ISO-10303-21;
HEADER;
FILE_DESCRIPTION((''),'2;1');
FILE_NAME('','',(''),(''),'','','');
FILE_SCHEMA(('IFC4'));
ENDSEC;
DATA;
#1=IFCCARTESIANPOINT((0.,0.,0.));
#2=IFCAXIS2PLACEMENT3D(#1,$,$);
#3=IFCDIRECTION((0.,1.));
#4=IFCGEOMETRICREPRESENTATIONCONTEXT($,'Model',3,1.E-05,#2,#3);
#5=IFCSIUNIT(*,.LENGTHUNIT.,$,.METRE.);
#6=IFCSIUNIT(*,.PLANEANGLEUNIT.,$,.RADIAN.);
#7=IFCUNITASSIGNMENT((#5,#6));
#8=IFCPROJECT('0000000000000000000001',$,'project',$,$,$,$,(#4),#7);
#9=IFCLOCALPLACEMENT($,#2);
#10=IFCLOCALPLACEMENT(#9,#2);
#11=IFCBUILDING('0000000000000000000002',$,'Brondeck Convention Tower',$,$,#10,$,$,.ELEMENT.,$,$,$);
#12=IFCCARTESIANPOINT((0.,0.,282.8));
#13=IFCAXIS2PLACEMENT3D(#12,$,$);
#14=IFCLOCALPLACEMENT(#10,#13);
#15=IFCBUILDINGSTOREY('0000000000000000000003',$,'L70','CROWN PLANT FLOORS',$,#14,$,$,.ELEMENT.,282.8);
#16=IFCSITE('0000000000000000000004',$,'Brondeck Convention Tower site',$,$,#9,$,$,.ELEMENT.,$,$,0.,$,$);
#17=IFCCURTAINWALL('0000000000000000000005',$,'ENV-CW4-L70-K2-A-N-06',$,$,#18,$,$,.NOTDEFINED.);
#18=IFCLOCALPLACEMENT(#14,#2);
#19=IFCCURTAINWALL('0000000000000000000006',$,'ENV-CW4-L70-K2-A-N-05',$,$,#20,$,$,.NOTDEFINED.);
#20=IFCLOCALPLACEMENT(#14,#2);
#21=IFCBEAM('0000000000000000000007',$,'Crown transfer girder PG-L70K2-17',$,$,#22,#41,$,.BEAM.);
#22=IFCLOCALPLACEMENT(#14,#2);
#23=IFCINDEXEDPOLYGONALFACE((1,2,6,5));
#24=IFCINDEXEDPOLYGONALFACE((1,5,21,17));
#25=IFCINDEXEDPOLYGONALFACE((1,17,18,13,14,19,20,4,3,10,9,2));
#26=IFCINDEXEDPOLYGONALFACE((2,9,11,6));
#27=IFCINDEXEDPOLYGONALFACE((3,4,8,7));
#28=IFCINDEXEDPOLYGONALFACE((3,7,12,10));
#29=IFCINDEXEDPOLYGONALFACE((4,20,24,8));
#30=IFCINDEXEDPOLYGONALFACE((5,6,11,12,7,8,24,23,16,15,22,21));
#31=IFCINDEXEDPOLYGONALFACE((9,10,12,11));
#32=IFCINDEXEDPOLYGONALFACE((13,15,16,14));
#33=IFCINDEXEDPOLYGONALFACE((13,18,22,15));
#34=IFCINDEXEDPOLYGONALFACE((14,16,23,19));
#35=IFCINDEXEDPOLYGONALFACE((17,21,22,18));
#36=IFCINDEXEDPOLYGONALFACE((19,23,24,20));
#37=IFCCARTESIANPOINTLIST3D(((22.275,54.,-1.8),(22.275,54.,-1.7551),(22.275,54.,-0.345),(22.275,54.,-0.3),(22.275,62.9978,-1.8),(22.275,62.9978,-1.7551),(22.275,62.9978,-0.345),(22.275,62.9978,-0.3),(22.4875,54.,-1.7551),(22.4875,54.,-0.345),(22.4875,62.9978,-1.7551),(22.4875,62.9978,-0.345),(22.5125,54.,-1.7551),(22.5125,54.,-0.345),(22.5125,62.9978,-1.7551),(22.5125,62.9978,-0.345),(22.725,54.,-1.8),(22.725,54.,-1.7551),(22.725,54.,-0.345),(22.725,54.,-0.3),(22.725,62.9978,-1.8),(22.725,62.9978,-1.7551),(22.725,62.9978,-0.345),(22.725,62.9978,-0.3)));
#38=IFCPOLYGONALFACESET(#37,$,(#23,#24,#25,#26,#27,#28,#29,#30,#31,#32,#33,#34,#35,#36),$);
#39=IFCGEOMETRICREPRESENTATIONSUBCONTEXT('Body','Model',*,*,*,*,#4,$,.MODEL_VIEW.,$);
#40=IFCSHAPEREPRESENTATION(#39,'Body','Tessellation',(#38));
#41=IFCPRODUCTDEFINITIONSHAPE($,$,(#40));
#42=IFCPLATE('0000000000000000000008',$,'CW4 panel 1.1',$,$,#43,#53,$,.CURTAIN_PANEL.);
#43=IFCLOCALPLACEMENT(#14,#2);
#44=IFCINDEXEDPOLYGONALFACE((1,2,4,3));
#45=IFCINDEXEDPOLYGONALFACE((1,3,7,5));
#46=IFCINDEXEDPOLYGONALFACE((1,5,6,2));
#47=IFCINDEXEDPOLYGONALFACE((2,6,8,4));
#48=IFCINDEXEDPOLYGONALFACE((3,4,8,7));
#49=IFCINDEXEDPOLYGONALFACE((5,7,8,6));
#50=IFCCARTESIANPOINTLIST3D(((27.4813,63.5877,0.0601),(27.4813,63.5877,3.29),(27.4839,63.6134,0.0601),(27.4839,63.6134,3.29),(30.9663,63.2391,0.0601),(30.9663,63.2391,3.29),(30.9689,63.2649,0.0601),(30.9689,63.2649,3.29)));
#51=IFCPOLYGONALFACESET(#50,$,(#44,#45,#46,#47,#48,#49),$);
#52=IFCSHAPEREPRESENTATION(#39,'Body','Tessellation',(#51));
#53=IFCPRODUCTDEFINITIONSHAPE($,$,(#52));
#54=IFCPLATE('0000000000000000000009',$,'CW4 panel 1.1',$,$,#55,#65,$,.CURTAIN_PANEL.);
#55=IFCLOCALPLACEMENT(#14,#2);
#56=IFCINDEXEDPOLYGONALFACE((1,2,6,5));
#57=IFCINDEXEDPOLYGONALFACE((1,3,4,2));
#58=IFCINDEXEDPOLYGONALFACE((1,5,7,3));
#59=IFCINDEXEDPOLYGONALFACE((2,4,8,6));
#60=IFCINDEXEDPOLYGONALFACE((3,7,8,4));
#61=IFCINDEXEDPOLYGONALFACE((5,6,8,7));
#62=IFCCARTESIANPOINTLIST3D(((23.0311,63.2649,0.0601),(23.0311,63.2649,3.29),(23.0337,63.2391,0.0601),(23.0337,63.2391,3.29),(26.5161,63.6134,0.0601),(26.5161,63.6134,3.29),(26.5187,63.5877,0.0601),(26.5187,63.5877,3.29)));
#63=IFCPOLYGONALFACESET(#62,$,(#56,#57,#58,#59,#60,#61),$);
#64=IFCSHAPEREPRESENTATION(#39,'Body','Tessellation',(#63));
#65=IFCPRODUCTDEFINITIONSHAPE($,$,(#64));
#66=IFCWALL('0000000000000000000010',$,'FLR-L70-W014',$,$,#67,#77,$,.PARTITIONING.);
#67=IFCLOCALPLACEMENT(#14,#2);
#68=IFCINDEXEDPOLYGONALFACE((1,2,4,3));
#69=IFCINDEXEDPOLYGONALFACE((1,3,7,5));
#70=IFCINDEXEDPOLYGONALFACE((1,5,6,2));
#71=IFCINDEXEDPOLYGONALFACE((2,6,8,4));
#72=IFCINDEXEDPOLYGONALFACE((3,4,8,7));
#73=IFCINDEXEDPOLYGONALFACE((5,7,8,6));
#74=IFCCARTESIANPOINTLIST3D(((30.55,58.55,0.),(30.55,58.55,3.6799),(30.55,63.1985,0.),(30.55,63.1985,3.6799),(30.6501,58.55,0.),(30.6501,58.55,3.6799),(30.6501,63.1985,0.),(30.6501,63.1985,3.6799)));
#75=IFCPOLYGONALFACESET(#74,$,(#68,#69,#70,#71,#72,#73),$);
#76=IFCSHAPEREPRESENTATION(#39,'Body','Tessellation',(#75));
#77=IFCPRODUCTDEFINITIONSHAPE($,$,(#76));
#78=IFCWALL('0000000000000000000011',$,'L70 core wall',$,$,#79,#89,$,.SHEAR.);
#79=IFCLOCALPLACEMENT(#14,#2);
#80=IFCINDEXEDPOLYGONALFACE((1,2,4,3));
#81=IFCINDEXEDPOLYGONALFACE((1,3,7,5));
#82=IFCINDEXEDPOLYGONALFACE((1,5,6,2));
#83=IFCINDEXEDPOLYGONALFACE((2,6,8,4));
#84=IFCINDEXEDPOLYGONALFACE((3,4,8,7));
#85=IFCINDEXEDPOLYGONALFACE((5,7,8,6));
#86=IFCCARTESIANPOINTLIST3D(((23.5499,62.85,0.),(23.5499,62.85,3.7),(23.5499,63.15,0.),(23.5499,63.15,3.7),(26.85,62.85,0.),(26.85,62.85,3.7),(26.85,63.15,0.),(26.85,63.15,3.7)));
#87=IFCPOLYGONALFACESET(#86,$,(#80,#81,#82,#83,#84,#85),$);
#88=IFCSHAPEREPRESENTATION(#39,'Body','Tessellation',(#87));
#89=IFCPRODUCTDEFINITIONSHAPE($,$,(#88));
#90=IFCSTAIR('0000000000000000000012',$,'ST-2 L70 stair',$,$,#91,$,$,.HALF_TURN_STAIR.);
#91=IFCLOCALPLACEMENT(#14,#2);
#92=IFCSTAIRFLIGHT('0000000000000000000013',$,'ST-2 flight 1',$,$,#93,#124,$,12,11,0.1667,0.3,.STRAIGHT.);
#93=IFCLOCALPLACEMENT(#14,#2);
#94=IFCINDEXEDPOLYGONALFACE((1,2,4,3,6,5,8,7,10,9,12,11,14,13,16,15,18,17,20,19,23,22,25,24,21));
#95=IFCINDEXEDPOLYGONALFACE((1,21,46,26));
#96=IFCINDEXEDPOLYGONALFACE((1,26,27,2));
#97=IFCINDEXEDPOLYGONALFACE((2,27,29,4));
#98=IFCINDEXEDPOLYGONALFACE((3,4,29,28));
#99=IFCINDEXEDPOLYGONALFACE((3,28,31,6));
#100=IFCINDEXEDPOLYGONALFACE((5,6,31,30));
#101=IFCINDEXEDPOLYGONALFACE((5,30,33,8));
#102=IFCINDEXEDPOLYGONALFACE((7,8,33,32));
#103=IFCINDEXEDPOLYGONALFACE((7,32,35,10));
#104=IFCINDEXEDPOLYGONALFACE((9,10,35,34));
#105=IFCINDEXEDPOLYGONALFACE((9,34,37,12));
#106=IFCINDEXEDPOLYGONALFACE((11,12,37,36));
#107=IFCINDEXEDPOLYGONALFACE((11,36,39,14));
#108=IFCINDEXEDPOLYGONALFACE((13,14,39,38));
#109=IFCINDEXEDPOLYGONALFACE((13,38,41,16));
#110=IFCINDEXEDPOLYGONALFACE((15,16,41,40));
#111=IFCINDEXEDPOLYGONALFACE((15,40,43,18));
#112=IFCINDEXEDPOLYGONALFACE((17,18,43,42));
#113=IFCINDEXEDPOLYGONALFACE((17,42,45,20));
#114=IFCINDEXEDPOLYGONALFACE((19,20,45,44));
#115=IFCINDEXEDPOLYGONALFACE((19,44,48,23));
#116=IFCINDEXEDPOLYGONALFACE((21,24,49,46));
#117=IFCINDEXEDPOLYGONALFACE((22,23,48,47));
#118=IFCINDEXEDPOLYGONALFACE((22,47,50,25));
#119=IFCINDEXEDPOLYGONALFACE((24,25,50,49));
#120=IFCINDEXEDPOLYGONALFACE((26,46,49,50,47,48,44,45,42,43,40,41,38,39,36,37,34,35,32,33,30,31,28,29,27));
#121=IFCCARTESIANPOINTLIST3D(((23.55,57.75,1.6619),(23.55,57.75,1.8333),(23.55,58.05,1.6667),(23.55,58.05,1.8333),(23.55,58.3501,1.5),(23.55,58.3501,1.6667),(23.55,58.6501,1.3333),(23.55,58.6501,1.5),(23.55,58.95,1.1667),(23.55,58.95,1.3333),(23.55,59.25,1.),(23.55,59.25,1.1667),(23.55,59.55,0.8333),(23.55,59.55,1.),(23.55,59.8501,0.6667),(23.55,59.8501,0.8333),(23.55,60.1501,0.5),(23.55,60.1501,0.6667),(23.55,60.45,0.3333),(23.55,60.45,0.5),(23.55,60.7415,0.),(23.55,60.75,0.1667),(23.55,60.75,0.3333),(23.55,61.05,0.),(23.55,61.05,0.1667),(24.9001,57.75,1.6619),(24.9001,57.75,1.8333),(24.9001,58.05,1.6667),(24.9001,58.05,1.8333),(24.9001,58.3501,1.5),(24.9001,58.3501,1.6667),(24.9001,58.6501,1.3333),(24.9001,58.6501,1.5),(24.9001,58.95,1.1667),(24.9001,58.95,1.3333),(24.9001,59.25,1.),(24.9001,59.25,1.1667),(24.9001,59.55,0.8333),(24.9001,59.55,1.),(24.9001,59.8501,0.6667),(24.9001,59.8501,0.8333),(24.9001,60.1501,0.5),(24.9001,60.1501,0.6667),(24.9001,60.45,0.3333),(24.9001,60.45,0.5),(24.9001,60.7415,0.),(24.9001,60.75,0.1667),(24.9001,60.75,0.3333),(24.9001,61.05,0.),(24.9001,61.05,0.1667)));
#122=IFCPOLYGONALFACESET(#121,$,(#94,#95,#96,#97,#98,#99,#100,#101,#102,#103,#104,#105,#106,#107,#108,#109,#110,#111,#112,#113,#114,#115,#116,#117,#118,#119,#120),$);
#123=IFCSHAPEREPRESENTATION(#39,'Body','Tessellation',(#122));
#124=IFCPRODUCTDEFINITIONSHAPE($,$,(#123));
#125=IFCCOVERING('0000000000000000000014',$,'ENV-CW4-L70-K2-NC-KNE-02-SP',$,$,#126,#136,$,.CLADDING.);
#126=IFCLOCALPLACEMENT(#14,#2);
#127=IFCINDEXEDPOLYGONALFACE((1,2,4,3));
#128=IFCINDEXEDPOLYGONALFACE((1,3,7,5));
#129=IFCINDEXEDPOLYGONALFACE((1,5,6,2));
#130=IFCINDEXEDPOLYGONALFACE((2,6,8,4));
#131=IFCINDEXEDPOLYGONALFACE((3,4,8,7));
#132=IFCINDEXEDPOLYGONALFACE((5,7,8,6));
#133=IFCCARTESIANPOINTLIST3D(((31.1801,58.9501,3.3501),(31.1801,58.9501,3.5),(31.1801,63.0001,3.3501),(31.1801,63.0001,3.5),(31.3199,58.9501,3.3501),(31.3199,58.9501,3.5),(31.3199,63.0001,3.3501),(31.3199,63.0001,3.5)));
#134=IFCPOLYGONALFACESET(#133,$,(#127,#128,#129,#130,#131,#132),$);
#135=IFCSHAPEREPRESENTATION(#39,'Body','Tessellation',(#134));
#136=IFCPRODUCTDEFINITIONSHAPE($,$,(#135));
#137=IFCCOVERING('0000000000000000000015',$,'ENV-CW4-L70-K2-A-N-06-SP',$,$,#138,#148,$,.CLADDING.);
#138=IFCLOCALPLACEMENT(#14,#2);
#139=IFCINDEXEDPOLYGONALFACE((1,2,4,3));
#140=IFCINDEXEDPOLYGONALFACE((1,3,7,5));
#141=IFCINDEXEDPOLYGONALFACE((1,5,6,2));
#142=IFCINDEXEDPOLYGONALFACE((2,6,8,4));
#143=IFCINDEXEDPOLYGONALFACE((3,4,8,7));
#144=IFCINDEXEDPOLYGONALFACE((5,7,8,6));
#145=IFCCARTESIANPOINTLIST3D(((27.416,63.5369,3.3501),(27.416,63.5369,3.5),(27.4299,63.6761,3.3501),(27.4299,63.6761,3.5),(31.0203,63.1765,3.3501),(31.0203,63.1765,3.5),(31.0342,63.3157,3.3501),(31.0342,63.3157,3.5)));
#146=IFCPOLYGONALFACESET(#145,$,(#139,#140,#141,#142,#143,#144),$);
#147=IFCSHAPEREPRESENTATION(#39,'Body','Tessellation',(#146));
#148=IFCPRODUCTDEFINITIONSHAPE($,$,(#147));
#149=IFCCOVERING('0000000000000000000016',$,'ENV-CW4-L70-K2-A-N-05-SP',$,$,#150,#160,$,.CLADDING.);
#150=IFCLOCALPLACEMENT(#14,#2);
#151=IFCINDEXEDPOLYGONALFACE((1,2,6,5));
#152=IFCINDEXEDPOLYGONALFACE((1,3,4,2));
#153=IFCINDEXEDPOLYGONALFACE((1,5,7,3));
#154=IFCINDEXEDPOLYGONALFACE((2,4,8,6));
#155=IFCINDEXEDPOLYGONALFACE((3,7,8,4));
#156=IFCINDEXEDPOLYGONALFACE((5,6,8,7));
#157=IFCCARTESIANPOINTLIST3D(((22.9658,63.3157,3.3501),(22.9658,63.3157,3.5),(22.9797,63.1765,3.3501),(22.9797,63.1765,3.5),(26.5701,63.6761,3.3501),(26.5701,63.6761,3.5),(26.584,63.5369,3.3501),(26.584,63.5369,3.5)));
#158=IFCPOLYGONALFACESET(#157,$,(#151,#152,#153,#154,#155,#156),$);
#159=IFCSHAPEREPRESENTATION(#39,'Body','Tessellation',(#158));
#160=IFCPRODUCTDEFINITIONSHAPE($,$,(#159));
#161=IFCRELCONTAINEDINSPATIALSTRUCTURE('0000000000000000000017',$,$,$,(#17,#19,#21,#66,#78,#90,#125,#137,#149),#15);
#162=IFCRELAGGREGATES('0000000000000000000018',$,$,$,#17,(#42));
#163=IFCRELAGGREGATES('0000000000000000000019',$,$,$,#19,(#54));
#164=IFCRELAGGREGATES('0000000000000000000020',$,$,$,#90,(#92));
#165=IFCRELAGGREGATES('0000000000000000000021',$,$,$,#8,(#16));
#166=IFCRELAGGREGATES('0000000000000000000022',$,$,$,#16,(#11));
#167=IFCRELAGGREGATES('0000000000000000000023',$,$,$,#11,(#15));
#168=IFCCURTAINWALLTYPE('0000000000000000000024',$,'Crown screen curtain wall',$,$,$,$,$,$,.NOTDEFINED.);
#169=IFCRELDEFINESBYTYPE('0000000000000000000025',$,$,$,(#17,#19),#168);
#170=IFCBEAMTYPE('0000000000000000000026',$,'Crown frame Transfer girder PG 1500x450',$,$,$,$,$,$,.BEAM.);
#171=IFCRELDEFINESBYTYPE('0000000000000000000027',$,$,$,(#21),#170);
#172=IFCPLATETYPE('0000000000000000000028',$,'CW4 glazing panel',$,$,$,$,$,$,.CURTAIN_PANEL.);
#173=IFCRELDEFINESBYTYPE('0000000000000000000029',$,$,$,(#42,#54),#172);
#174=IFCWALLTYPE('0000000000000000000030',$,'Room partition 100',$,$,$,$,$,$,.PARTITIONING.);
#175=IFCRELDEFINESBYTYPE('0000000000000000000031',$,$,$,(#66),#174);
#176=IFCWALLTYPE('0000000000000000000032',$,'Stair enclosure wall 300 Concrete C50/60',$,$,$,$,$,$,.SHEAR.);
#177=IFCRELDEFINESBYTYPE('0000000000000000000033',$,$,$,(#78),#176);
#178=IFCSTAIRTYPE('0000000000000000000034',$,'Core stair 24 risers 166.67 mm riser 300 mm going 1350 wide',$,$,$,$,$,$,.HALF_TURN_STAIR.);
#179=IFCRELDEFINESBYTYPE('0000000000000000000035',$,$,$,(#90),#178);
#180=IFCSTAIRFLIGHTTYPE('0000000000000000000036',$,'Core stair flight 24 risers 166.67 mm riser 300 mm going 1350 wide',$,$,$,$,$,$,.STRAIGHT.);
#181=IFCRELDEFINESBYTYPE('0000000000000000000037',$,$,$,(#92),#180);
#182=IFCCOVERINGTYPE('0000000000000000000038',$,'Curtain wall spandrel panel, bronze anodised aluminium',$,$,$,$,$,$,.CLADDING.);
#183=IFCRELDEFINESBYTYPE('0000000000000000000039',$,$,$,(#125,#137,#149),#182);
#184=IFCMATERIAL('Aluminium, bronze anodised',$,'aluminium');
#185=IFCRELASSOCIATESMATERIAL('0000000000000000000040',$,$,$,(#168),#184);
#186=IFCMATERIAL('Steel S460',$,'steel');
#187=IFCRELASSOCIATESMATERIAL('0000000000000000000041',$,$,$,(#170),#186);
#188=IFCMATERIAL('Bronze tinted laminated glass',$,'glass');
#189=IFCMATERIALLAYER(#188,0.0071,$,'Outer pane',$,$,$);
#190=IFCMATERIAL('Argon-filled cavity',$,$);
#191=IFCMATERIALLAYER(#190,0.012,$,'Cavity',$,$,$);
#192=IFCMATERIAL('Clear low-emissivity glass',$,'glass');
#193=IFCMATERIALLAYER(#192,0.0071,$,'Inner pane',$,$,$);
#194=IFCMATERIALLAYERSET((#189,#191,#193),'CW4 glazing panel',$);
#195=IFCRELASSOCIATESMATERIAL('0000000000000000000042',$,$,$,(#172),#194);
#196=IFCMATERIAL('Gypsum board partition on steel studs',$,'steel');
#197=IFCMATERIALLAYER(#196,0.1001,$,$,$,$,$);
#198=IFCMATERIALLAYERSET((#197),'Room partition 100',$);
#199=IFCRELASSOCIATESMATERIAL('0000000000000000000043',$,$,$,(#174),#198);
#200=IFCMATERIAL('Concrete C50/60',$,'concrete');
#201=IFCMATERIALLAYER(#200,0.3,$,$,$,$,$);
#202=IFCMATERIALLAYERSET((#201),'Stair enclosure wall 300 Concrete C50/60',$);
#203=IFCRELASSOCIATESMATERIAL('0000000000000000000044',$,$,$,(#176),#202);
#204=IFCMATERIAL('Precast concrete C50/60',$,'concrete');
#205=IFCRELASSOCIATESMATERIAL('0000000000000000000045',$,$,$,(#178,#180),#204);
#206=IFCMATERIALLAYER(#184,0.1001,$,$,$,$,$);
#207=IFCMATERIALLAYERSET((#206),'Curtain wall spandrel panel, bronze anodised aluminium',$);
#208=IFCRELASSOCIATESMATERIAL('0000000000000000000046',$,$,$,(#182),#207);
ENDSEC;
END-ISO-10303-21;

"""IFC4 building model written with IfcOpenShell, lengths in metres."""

from ifc_helpers import new_model, si_unit, direction, frame, frame_2d, origin, origin_2d, place, context, subcontext, project, spatial, polyline, rectangle, i_section, outline, extrude, material, layer, layer_set, material_profile, profile_set, type_object, element, aggregate, save


model = new_model("IFC4")

# Units and contexts
model_context = context("Model", 3, precision=1e-05, world=origin(), true_north=direction((0.0, 1.0)))
body_context = subcontext(model_context, "Body", "Model", "MODEL_VIEW")
ifc_project = project(units=[si_unit("LENGTHUNIT", "METRE"), si_unit("PLANEANGLEUNIT", "RADIAN")], contexts=[model_context])

# Site, building, storey
site_placement = place(None, origin())
site = spatial("IfcSite", under=ifc_project, at=site_placement, Name="Brondeck Convention Tower site", CompositionType="ELEMENT", RefElevation=0.0)
building_placement = place(site_placement, origin())
building = spatial("IfcBuilding", under=site, at=building_placement, Name="Brondeck Convention Tower", CompositionType="ELEMENT")
storey_placement = place(building_placement, frame((0.0, 0.0, 282.8)))
storey = spatial("IfcBuildingStorey", under=building, at=storey_placement, Name="L70", Description="CROWN PLANT FLOORS", CompositionType="ELEMENT", Elevation=282.8)

# Shared definitions
ifc_material_1 = material(Name="Concrete C50/60", Category="concrete")

# Shared definitions
ifc_material_2 = material(Name="Aluminium, bronze anodised", Category="aluminium")
curtain_wall_type = type_object("IfcCurtainWallType", Name="Crown screen curtain wall", PredefinedType="NOTDEFINED", material=ifc_material_2)

# Curtain walls
curtain_wall_1_placement = place(storey_placement, origin())
curtain_wall_1 = element("IfcCurtainWall", 1, at=curtain_wall_1_placement, inside=storey, type_object=curtain_wall_type, Name="ENV-CW4-L70-K2-A-N-06", PredefinedType="NOTDEFINED")
curtain_wall_2_placement = place(storey_placement, origin())
curtain_wall_2 = element("IfcCurtainWall", 2, at=curtain_wall_2_placement, inside=storey, type_object=curtain_wall_type, Name="ENV-CW4-L70-K2-A-N-05", PredefinedType="NOTDEFINED")

# Beam
ifc_material_3 = material(Name="Steel S460", Category="steel")
ifc_material_profile_1 = material_profile(ifc_material_3, i_section(OverallWidth=0.45, OverallDepth=1.5, WebThickness=0.0249, FlangeThickness=0.0449, at=origin_2d()), Name="PG 1500x450")
ifc_profile_set_1 = profile_set([ifc_material_profile_1], Name="Steel S460")
beam_type = type_object("IfcBeamType", Name="Crown frame Transfer girder PG 1500x450", PredefinedType="BEAM", material=ifc_profile_set_1)
beam_placement = place(storey_placement, frame((22.5, 62.9978, -1.05), z_axis=(0.0, -1.0, 0.0), x_axis=(1.0, 0.0, 0.0)))
element("IfcBeam", 3, at=beam_placement, inside=storey, type_object=beam_type, Name="Crown transfer girder PG-L70K2-17", PredefinedType="BEAM", context=body_context, shape_type="SweptSolid", body=[
    extrude(i_section(OverallWidth=0.45, OverallDepth=1.5, WebThickness=0.0249, FlangeThickness=0.0449, at=origin_2d()), origin(), (0.0, 0.0, 1.0), 8.9978),
])

# Plates
ifc_material_4 = material(Name="Bronze tinted laminated glass", Category="glass")
ifc_layer_1 = layer(ifc_material_4, 0.0071, Name="Outer pane")
ifc_material_5 = material(Name="Argon-filled cavity")
ifc_layer_2 = layer(ifc_material_5, 0.012, Name="Cavity")
ifc_material_6 = material(Name="Clear low-emissivity glass", Category="glass")
ifc_layer_3 = layer(ifc_material_6, 0.0071, Name="Inner pane")
ifc_layer_set_1 = layer_set([ifc_layer_1, ifc_layer_2, ifc_layer_3], Name="CW4 glazing panel")
plate_type = type_object("IfcPlateType", Name="CW4 glazing panel", PredefinedType="CURTAIN_PANEL", material=ifc_layer_set_1)
plate_1_placement = place(storey_placement, frame((29.2251, 63.4263, 0.0601), z_axis=(0.0, 0.0, 1.0), x_axis=(0.995036, -0.099517, 0.0)))
plate_1 = element("IfcPlate", 4, at=plate_1_placement, type_object=plate_type, Name="CW4 panel 1.1", PredefinedType="CURTAIN_PANEL", context=body_context, shape_type="SweptSolid", body=[
    extrude(rectangle(XDim=3.5024, YDim=0.0259, at=origin_2d()), origin(), (0.0, 0.0, 1.0), 3.23),
])
aggregate(curtain_wall_1, [plate_1])
plate_2_placement = place(storey_placement, frame((24.7749, 63.4263, 0.0601), z_axis=(0.0, 0.0, 1.0), x_axis=(0.995036, 0.099517, 0.0)))
plate_2 = element("IfcPlate", 5, at=plate_2_placement, type_object=plate_type, Name="CW4 panel 1.1", PredefinedType="CURTAIN_PANEL", context=body_context, shape_type="SweptSolid", body=[
    extrude(rectangle(XDim=3.5024, YDim=0.0259, at=origin_2d()), origin(), (0.0, 0.0, 1.0), 3.23),
])
aggregate(curtain_wall_2, [plate_2])

# Walls
ifc_material_7 = material(Name="Gypsum board partition on steel studs", Category="steel")
ifc_layer_4 = layer(ifc_material_7, 0.1001)
ifc_layer_set_2 = layer_set([ifc_layer_4], Name="Room partition 100")
wall_type_1 = type_object("IfcWallType", Name="Room partition 100", PredefinedType="PARTITIONING", material=ifc_layer_set_2)
wall_1_placement = place(storey_placement, frame((30.6001, 63.1985, 0.0), z_axis=(0.0, 0.0, 1.0), x_axis=(0.0, -1.0, 0.0)))
element("IfcWall", 6, at=wall_1_placement, inside=storey, type_object=wall_type_1, Name="FLR-L70-W014", PredefinedType="PARTITIONING", context=body_context, shape_type="SweptSolid", body=[
    extrude(rectangle(XDim=4.6484, YDim=0.1001, at=frame_2d((2.3242, 0.0))), origin(), (0.0, 0.0, 1.0), 3.6799),
])
ifc_layer_5 = layer(ifc_material_1, 0.3)
ifc_layer_set_3 = layer_set([ifc_layer_5], Name="Stair enclosure wall 300 Concrete C50/60")
wall_type_2 = type_object("IfcWallType", Name="Stair enclosure wall 300 Concrete C50/60", PredefinedType="SHEAR", material=ifc_layer_set_3)
wall_2_placement = place(storey_placement, frame((23.55, 63.0, 0.0), z_axis=(0.0, 0.0, 1.0), x_axis=(1.0, 0.0, 0.0)))
element("IfcWall", 7, at=wall_2_placement, inside=storey, type_object=wall_type_2, Name="L70 core wall", PredefinedType="SHEAR", context=body_context, shape_type="SweptSolid", body=[
    extrude(rectangle(XDim=3.3, YDim=0.3, at=frame_2d((1.6499, 0.0))), origin(), (0.0, 0.0, 1.0), 3.7),
])

# Stair, stair flight
ifc_material_8 = material(Name="Precast concrete C50/60", Category="concrete")
stair_type = type_object("IfcStairType", Name="Core stair 24 risers 166.67 mm riser 300 mm going 1350 wide", PredefinedType="HALF_TURN_STAIR", material=ifc_material_8)
stair_placement = place(storey_placement, origin())
stair = element("IfcStair", 8, at=stair_placement, inside=storey, type_object=stair_type, Name="ST-2 L70 stair", PredefinedType="HALF_TURN_STAIR")
stair_flight_type = type_object("IfcStairFlightType", Name="Core stair flight 24 risers 166.67 mm riser 300 mm going 1350 wide", PredefinedType="STRAIGHT", material=ifc_material_8)
stair_flight_placement = place(storey_placement, frame((24.2251, 61.05, 0.0), z_axis=(0.0, 0.0, 1.0), x_axis=(0.0, -1.0, 0.0)))
stair_flight = element("IfcStairFlight", 9, at=stair_flight_placement, type_object=stair_flight_type, Name="ST-2 flight 1", NumberOfRisers=12, NumberOfTreads=11, PredefinedType="STRAIGHT", RiserHeight=0.1667, TreadLength=0.3, context=body_context, shape_type="SweptSolid", body=[
    extrude(outline(polyline([(0.0, 0.0), (0.0, 0.1667), (0.3, 0.1667), (0.3, 0.3333), (0.6001, 0.3333), (0.6001, 0.5), (0.8999, 0.5), (0.8999, 0.6667), (1.2, 0.6667), (1.2, 0.8333), (1.5, 0.8333), (1.5, 1.0), (1.8, 1.0), (1.8, 1.1667), (2.1001, 1.1667), (2.1001, 1.3333), (2.3999, 1.3333), (2.3999, 1.5), (2.7, 1.5), (2.7, 1.6667), (3.0, 1.6667), (3.0, 1.8333), (3.3, 1.8333), (3.3, 2.0), (3.3, 1.6619), (0.3086, 0.0), (0.0, 0.0)])), frame((0.0, 0.675, 0.0), z_axis=(0.0, -1.0, 0.0), x_axis=(1.0, 0.0, 0.0)), (0.0, 0.0, 1.0), 1.3501),
])
aggregate(stair, [stair_flight])

# Coverings
ifc_layer_6 = layer(ifc_material_2, 0.1001)
ifc_layer_set_4 = layer_set([ifc_layer_6], Name="Curtain wall spandrel panel, bronze anodised aluminium")
covering_type = type_object("IfcCoveringType", Name="Curtain wall spandrel panel, bronze anodised aluminium", PredefinedType="CLADDING", material=ifc_layer_set_4)
covering_placement = place(storey_placement, frame((31.25, 60.9751, 3.3501), z_axis=(0.0, 0.0, 1.0), x_axis=(0.0, -1.0, 0.0)))
element("IfcCovering", 10, at=covering_placement, inside=storey, type_object=covering_type, Name="ENV-CW4-L70-K2-NC-KNE-02-SP", PredefinedType="CLADDING", context=body_context, shape_type="SweptSolid", body=[
    extrude(rectangle(XDim=4.05, YDim=0.1399, at=origin_2d()), origin(), (0.0, 0.0, 1.0), 0.1499),
])
for number, where, z_axis, x_axis, name in (
    (11, (29.2251, 63.4263, 3.3501), (0.0, 0.0, 1.0), (0.995037, -0.099504, 0.0), "ENV-CW4-L70-K2-A-N-06-SP"),
    (12, (24.7749, 63.4263, 3.3501), (0.0, 0.0, 1.0), (0.995037, 0.099504, 0.0), "ENV-CW4-L70-K2-A-N-05-SP"),
):
    element("IfcCovering", number, at=place(storey_placement, frame(where, z_axis=z_axis, x_axis=x_axis)), inside=storey, type_object=covering_type, Name=name, PredefinedType="CLADDING", context=body_context, shape_type="SweptSolid", body=[
        extrude(rectangle(XDim=3.6223, YDim=0.1399, at=origin_2d()), origin(), (0.0, 0.0, 1.0), 0.1499),
    ])

save(model, "model.ifc")
